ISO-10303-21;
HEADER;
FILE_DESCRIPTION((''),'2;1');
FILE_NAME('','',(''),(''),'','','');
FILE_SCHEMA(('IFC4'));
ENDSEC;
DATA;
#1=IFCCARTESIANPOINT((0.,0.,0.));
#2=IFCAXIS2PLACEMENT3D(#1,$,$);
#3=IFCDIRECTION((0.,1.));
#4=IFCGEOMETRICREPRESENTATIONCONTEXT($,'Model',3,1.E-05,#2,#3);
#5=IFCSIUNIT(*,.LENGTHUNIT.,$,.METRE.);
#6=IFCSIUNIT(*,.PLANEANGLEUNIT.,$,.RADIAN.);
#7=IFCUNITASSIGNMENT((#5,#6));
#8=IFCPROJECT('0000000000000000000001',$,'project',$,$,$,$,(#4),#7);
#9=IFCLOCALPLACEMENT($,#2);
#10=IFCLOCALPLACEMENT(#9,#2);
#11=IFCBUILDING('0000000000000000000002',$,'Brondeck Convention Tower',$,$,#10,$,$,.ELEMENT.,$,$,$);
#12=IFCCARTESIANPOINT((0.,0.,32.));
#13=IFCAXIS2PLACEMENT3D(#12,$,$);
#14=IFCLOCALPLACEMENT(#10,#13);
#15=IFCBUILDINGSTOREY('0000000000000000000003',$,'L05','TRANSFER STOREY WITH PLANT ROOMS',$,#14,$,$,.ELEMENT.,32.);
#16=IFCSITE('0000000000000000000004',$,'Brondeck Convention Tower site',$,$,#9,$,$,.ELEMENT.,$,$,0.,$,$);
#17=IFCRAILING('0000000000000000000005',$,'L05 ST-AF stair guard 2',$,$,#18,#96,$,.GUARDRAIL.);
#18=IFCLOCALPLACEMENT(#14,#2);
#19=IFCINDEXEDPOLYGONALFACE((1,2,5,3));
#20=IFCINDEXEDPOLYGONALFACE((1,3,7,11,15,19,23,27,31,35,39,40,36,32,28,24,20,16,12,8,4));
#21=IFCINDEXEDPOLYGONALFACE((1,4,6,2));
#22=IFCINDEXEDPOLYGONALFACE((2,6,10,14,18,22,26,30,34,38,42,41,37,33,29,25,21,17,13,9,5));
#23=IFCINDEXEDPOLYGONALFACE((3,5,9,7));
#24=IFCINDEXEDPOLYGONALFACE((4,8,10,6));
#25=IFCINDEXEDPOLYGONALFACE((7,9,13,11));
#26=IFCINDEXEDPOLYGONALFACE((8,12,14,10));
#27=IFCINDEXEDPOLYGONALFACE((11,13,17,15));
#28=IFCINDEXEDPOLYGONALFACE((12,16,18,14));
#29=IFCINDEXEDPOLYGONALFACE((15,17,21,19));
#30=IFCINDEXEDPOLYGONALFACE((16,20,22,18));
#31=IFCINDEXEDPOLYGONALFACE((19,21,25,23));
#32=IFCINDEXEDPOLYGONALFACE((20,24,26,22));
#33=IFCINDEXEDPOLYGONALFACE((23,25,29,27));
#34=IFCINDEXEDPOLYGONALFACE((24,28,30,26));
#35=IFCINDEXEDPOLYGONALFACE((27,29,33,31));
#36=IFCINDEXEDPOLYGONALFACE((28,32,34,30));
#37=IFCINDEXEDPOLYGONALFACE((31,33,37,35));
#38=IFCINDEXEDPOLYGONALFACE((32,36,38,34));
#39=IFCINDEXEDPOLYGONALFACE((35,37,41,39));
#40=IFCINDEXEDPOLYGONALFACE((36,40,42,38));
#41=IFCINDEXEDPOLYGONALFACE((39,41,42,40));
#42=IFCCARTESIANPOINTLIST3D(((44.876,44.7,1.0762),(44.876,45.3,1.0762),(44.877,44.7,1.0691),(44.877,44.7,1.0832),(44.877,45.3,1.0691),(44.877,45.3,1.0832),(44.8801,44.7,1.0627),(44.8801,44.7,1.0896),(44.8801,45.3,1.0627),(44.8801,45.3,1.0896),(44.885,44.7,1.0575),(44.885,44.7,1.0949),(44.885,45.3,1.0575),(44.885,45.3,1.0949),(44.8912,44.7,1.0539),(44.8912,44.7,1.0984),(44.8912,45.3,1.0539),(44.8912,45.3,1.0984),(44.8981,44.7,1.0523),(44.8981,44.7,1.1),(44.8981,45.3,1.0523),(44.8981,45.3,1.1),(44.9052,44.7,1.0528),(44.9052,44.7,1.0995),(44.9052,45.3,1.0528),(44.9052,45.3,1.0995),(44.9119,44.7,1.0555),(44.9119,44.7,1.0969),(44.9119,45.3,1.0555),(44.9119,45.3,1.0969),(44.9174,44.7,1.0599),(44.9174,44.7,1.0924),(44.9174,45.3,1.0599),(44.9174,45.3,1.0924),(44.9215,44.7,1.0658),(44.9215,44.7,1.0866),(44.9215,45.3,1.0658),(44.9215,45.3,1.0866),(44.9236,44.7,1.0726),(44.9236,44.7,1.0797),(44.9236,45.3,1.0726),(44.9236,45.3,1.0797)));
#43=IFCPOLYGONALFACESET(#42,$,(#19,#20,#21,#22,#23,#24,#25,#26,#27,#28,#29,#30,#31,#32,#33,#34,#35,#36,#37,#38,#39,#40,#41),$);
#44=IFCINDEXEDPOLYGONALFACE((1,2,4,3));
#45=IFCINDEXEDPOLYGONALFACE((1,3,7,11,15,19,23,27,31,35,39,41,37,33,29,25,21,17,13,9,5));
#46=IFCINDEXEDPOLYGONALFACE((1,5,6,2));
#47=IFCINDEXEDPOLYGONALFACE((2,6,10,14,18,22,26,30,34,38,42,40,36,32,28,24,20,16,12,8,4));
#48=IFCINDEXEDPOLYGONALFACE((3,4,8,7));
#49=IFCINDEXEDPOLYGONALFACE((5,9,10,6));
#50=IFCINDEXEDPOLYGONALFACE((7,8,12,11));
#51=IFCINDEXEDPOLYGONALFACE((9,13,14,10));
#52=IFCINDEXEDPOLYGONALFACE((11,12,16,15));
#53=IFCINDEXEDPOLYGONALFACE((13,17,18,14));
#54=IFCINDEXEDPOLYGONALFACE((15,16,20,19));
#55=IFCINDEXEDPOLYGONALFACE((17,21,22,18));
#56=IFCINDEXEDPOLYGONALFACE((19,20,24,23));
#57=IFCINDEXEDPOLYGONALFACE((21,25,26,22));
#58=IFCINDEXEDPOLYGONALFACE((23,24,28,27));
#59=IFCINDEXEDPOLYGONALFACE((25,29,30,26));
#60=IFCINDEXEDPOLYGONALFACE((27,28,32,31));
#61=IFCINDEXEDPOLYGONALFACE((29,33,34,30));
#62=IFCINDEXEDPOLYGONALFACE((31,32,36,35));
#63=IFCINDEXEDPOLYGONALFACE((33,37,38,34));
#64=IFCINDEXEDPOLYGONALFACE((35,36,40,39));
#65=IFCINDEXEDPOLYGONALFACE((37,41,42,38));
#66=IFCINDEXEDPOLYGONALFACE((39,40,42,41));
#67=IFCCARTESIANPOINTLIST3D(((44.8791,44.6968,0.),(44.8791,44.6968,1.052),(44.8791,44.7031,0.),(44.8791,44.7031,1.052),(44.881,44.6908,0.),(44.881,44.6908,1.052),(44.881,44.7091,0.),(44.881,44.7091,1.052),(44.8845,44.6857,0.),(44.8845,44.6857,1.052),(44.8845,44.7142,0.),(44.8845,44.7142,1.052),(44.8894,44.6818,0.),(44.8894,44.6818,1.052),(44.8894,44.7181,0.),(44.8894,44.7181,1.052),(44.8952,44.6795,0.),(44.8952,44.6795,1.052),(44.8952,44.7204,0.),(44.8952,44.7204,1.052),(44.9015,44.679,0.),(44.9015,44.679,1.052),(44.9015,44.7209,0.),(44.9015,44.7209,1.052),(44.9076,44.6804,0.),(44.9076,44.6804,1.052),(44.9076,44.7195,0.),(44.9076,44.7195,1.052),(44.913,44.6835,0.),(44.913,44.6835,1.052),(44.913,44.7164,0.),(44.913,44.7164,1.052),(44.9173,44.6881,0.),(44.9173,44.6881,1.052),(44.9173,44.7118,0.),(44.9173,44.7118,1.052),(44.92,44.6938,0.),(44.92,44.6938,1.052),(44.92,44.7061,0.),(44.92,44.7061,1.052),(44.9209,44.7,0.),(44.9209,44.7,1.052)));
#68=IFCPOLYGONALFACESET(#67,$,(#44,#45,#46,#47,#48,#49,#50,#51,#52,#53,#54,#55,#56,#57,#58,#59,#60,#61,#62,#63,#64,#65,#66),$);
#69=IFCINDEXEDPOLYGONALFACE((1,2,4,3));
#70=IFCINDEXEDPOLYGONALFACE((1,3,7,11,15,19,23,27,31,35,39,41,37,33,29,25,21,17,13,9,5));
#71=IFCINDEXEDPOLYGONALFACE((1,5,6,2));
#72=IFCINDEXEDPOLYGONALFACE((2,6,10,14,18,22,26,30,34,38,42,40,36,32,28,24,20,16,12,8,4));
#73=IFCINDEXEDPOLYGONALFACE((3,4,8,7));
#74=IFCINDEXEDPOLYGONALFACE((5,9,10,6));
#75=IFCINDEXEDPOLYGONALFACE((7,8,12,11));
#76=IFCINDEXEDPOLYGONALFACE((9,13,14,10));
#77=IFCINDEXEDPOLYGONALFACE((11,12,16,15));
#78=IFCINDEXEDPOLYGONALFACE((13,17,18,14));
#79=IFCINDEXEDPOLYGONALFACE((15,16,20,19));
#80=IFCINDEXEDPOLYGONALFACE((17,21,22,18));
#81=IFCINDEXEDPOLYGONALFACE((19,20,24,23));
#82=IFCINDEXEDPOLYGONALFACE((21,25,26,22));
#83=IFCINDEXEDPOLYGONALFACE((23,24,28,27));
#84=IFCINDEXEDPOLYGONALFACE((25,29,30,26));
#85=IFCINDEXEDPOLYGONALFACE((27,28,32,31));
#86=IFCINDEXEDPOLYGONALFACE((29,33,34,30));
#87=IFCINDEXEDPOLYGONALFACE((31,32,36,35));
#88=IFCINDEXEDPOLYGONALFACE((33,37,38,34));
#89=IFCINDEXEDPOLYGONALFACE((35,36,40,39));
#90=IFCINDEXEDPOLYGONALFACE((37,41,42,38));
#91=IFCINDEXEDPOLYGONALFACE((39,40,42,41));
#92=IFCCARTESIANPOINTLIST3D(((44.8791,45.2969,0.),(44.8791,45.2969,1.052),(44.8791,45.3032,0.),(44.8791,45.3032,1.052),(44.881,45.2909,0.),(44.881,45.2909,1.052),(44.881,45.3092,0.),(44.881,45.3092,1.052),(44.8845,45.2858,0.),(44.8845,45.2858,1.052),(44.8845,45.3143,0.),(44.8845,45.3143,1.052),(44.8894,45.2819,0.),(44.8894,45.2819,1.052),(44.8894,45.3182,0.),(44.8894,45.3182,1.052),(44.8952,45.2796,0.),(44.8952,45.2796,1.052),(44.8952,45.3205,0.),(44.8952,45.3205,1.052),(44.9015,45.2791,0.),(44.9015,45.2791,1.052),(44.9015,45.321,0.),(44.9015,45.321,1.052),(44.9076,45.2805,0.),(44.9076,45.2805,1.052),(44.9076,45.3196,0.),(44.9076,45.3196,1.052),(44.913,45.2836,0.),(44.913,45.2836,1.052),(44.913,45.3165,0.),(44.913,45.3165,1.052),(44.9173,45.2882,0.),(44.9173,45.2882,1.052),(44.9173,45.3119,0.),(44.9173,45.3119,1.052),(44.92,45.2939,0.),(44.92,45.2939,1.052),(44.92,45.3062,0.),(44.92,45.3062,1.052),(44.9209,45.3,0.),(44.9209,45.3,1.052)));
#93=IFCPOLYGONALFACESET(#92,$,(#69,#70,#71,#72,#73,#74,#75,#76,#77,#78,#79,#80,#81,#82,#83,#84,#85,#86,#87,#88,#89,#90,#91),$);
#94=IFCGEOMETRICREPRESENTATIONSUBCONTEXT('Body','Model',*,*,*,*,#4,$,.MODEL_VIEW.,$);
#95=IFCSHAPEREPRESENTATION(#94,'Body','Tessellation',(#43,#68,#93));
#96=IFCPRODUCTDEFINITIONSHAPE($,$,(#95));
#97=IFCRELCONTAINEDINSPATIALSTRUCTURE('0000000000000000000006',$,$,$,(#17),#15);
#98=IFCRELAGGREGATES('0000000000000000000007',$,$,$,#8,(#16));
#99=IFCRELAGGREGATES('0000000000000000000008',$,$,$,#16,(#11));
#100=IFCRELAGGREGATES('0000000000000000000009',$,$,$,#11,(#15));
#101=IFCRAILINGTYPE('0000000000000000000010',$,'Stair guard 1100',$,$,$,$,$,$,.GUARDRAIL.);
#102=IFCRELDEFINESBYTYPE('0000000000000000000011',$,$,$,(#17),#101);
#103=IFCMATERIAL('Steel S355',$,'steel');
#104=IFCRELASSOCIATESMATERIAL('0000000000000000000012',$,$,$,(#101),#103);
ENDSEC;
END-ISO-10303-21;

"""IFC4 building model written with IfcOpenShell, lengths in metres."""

from ifc_helpers import new_model, si_unit, direction, frame, origin, origin_2d, place, context, subcontext, project, spatial, circle, extrude, material, type_object, element, save


model = new_model("IFC4")

# Units and contexts
model_context = context("Model", 3, precision=1e-05, world=origin(), true_north=direction((0.0, 1.0)))
body_context = subcontext(model_context, "Body", "Model", "MODEL_VIEW")
ifc_project = project(units=[si_unit("LENGTHUNIT", "METRE"), si_unit("PLANEANGLEUNIT", "RADIAN")], contexts=[model_context])

# Site, building, storey
site_placement = place(None, origin())
site = spatial("IfcSite", under=ifc_project, at=site_placement, Name="Brondeck Convention Tower site", CompositionType="ELEMENT", RefElevation=0.0)
building_placement = place(site_placement, origin())
building = spatial("IfcBuilding", under=site, at=building_placement, Name="Brondeck Convention Tower", CompositionType="ELEMENT")
storey_placement = place(building_placement, frame((0.0, 0.0, 32.0)))
storey = spatial("IfcBuildingStorey", under=building, at=storey_placement, Name="L05", Description="TRANSFER STOREY WITH PLANT ROOMS", CompositionType="ELEMENT", Elevation=32.0)

# Shared definitions
ifc_material_1 = material(Name="Steel S355", Category="steel")

# Railing
railing_type_1 = type_object("IfcRailingType", Name="Stair guard 1100", PredefinedType="GUARDRAIL", material=ifc_material_1)
railing_1_placement = place(storey_placement, frame((44.8999, 44.7, 0.0)))
element("IfcRailing", 1, at=railing_1_placement, inside=storey, type_object=railing_type_1, Name="L05 ST-AF stair guard 2", PredefinedType="GUARDRAIL", context=body_context, shape_type="SweptSolid", body=[
    extrude(circle(Radius=0.0239, at=origin_2d()), frame((0.0, 0.0, 1.0762), z_axis=(0.0, 1.0, 0.0), x_axis=(-1.0, 0.0, 0.0)), (0.0, 0.0, 1.0), 0.6001),
    extrude(circle(Radius=0.021, at=origin_2d()), origin(), (0.0, 0.0, 1.0), 1.052),
    extrude(circle(Radius=0.021, at=origin_2d()), frame((0.0, 0.6001, 0.0)), (0.0, 0.0, 1.0), 1.052),
])

save(model, "model.ifc")
